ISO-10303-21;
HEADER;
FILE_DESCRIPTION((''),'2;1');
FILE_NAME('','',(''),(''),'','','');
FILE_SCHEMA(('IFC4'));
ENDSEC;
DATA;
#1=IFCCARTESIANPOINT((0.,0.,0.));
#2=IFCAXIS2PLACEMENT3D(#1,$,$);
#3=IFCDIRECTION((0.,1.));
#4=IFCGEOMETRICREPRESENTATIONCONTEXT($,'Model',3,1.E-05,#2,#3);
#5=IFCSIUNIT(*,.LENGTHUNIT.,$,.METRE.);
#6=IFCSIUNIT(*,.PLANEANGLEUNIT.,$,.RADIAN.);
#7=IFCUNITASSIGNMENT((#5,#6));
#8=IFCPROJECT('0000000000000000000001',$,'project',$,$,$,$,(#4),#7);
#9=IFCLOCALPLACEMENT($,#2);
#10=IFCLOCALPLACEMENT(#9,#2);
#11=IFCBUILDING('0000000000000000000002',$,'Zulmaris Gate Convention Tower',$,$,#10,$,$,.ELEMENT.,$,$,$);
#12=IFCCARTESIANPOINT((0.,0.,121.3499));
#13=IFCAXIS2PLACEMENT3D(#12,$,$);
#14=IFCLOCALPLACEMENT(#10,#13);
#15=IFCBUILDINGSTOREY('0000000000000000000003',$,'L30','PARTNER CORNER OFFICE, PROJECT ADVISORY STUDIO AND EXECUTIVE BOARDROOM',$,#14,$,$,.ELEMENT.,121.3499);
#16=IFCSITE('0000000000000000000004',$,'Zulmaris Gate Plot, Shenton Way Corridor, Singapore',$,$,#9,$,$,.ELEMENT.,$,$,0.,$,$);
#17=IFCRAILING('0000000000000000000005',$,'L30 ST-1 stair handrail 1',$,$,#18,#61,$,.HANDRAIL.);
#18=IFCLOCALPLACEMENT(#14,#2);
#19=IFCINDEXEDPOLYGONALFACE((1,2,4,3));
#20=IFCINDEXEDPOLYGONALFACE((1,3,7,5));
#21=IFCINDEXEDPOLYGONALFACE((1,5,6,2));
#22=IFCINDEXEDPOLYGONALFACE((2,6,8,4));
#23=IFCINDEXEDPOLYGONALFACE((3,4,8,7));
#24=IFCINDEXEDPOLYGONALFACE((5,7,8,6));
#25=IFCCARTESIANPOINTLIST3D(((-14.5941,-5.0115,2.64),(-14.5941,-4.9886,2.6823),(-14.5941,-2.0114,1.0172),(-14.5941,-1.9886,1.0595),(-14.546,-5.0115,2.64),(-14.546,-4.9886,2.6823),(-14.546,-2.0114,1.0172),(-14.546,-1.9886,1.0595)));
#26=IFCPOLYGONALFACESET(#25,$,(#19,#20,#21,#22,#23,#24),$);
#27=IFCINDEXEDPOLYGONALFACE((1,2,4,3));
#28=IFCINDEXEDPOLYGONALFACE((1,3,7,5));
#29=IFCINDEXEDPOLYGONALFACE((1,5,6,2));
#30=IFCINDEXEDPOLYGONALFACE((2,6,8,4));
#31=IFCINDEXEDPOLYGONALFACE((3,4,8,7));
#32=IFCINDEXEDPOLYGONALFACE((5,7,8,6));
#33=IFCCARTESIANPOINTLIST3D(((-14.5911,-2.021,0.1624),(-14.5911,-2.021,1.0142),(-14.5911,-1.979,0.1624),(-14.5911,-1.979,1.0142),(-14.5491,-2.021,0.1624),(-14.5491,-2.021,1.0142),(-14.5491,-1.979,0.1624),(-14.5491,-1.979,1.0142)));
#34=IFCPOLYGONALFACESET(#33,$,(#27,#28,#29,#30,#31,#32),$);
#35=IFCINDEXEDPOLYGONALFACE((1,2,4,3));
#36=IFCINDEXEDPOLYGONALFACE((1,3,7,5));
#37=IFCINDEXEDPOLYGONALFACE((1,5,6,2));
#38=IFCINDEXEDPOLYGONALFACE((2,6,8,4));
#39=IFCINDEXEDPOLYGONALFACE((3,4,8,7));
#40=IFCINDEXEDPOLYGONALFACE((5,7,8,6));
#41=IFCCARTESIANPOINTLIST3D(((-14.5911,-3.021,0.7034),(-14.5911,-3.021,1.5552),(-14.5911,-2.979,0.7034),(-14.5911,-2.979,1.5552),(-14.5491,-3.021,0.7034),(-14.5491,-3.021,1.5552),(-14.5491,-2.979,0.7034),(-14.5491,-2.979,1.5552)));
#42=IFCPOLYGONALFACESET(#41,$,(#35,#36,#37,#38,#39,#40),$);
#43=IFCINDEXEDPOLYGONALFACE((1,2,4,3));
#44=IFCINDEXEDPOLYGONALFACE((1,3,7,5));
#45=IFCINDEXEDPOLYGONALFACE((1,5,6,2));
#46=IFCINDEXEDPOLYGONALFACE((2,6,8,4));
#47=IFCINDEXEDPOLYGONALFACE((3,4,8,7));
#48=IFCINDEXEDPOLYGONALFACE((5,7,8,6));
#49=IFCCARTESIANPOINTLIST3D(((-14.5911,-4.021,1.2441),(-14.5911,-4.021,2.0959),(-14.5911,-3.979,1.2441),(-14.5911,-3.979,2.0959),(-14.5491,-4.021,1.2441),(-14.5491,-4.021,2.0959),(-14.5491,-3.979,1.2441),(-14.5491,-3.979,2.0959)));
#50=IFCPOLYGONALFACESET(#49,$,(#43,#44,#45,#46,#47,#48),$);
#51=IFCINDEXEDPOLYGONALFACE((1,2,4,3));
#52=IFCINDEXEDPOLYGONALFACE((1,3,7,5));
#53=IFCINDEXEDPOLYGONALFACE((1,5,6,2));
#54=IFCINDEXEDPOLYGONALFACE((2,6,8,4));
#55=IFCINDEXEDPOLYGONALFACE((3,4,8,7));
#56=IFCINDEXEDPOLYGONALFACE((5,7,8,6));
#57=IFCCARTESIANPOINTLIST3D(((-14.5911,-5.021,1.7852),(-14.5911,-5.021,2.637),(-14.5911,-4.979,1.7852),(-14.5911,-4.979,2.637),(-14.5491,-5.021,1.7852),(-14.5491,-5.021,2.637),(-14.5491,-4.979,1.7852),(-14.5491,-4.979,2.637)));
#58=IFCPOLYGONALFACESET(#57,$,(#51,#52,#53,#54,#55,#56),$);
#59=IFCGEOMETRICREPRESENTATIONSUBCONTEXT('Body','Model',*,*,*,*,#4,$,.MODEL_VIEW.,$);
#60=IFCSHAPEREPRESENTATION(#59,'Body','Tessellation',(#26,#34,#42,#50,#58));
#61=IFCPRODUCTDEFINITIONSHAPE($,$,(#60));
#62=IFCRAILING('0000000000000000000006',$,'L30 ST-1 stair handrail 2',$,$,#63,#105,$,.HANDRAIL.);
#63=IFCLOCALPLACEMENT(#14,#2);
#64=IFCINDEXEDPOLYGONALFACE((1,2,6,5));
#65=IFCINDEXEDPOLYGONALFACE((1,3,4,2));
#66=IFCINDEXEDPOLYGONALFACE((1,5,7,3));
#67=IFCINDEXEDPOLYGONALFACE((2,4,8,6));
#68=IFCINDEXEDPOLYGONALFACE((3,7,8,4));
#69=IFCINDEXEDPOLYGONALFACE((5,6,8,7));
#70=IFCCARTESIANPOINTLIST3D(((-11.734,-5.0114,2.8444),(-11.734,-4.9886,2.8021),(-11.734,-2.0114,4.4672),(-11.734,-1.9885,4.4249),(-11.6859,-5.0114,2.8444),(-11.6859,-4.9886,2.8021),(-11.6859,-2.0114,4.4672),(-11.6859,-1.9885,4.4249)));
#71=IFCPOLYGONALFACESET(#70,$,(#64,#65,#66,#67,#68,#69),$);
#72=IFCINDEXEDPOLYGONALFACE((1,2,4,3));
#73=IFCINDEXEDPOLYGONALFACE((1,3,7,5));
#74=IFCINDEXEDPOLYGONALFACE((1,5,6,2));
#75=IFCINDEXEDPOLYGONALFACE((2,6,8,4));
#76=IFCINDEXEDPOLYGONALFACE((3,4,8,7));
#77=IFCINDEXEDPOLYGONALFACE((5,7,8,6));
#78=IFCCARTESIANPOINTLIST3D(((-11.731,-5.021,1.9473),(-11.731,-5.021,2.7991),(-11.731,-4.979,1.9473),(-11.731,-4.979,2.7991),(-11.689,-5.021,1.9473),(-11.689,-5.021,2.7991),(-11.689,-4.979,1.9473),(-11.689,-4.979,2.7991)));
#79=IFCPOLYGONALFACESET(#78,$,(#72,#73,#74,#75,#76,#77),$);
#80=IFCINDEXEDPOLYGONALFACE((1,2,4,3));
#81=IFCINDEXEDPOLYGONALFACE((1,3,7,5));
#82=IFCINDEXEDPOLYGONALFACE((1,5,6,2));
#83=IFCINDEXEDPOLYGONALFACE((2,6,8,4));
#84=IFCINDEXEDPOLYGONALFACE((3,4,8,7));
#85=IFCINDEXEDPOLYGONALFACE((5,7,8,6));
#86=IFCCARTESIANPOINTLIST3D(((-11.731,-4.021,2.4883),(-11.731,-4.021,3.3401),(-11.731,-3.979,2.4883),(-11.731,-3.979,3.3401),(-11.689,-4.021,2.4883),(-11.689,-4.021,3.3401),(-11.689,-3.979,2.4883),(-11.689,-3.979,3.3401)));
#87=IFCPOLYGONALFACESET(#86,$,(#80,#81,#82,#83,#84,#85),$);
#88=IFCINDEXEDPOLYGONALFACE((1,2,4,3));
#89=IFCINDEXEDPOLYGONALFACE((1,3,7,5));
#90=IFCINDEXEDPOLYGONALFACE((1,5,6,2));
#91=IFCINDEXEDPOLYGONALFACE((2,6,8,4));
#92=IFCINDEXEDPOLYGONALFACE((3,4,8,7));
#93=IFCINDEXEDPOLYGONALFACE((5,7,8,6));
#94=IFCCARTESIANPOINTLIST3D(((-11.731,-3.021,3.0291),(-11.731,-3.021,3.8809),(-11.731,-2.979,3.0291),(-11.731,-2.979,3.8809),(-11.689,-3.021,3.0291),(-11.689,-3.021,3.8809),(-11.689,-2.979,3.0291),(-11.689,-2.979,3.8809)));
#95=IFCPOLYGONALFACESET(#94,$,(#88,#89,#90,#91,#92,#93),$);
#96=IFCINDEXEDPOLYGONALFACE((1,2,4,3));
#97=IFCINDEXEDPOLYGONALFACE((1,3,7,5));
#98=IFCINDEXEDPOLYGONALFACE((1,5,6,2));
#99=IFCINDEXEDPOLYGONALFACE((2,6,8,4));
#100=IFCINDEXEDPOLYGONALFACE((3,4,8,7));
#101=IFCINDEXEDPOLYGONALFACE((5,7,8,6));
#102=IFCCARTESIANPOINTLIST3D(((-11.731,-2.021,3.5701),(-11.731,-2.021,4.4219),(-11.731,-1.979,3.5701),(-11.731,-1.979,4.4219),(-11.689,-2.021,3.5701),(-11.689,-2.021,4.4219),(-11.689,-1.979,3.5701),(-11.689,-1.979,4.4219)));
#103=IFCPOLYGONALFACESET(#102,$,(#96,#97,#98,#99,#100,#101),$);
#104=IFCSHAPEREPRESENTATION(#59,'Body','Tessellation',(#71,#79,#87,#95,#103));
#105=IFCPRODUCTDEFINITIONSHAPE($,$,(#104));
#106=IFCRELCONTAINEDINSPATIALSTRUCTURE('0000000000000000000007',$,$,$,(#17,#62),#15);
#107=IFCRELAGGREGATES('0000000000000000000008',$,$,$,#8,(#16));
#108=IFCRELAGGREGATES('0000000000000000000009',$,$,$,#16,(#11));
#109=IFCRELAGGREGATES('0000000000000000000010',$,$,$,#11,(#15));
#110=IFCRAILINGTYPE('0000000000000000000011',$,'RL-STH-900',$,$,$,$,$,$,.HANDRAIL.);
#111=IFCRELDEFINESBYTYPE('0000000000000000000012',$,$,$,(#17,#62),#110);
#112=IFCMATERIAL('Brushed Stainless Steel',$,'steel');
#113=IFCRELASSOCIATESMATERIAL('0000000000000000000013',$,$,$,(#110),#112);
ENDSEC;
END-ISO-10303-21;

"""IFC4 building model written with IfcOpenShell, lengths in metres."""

from ifc_helpers import new_model, si_unit, direction, frame, origin, origin_2d, place, context, subcontext, project, spatial, rectangle, extrude, material, type_object, element, save


model = new_model("IFC4")

# Units and contexts
model_context = context("Model", 3, precision=1e-05, world=origin(), true_north=direction((0.0, 1.0)))
body_context = subcontext(model_context, "Body", "Model", "MODEL_VIEW")
ifc_project = project(units=[si_unit("LENGTHUNIT", "METRE"), si_unit("PLANEANGLEUNIT", "RADIAN")], contexts=[model_context])

# Site, building, storey
site_placement = place(None, origin())
site = spatial("IfcSite", under=ifc_project, at=site_placement, Name="Zulmaris Gate Plot, Shenton Way Corridor, Singapore", CompositionType="ELEMENT", RefElevation=0.0)
building_placement = place(site_placement, origin())
building = spatial("IfcBuilding", under=site, at=building_placement, Name="Zulmaris Gate Convention Tower", CompositionType="ELEMENT")
storey_placement = place(building_placement, frame((0.0, 0.0, 121.3499)))
storey = spatial("IfcBuildingStorey", under=building, at=storey_placement, Name="L30", Description="PARTNER CORNER OFFICE, PROJECT ADVISORY STUDIO AND EXECUTIVE BOARDROOM", CompositionType="ELEMENT", Elevation=121.3499)

# Railings
ifc_material_1 = material(Name="Brushed Stainless Steel", Category="steel")
railing_type_1 = type_object("IfcRailingType", Name="RL-STH-900", PredefinedType="HANDRAIL", material=ifc_material_1)
railing_1_placement = place(storey_placement, frame((-14.5701, -2.0, 0.1624)))
element("IfcRailing", 1, at=railing_1_placement, inside=storey, type_object=railing_type_1, Name="L30 ST-1 stair handrail 1", PredefinedType="HANDRAIL", context=body_context, shape_type="SweptSolid", body=[
    extrude(rectangle(XDim=0.0481, YDim=0.0481, at=origin_2d()), frame((0.0, 0.0, 0.876), z_axis=(0.0, -0.879562, 0.475785), x_axis=(1.0, 0.0, 0.0)), (0.0, 0.0, 1.0), 3.4109),
    extrude(rectangle(XDim=0.042, YDim=0.042, at=origin_2d()), origin(), (0.0, 0.0, 1.0), 0.8518),
    extrude(rectangle(XDim=0.042, YDim=0.042, at=origin_2d()), frame((0.0, -1.0, 0.541)), (0.0, 0.0, 1.0), 0.8518),
    extrude(rectangle(XDim=0.042, YDim=0.042, at=origin_2d()), frame((0.0, -2.0, 1.0818)), (0.0, 0.0, 1.0), 0.8518),
    extrude(rectangle(XDim=0.042, YDim=0.042, at=origin_2d()), frame((0.0, -3.0, 1.6228)), (0.0, 0.0, 1.0), 0.8518),
])
railing_2_placement = place(storey_placement, frame((-11.71, -5.0, 1.9473)))
element("IfcRailing", 2, at=railing_2_placement, inside=storey, type_object=railing_type_1, Name="L30 ST-1 stair handrail 2", PredefinedType="HANDRAIL", context=body_context, shape_type="SweptSolid", body=[
    extrude(rectangle(XDim=0.0481, YDim=0.0481, at=origin_2d()), frame((0.0, 0.0, 0.876), z_axis=(0.0, 0.879562, 0.475785), x_axis=(-1.0, 0.0, 0.0)), (0.0, 0.0, 1.0), 3.4109),
    extrude(rectangle(XDim=0.042, YDim=0.042, at=origin_2d()), origin(), (0.0, 0.0, 1.0), 0.8518),
    extrude(rectangle(XDim=0.042, YDim=0.042, at=origin_2d()), frame((0.0, 1.0, 0.541)), (0.0, 0.0, 1.0), 0.8518),
    extrude(rectangle(XDim=0.042, YDim=0.042, at=origin_2d()), frame((0.0, 2.0, 1.0818)), (0.0, 0.0, 1.0), 0.8518),
    extrude(rectangle(XDim=0.042, YDim=0.042, at=origin_2d()), frame((0.0, 3.0, 1.6228)), (0.0, 0.0, 1.0), 0.8518),
])

save(model, "model.ifc")
